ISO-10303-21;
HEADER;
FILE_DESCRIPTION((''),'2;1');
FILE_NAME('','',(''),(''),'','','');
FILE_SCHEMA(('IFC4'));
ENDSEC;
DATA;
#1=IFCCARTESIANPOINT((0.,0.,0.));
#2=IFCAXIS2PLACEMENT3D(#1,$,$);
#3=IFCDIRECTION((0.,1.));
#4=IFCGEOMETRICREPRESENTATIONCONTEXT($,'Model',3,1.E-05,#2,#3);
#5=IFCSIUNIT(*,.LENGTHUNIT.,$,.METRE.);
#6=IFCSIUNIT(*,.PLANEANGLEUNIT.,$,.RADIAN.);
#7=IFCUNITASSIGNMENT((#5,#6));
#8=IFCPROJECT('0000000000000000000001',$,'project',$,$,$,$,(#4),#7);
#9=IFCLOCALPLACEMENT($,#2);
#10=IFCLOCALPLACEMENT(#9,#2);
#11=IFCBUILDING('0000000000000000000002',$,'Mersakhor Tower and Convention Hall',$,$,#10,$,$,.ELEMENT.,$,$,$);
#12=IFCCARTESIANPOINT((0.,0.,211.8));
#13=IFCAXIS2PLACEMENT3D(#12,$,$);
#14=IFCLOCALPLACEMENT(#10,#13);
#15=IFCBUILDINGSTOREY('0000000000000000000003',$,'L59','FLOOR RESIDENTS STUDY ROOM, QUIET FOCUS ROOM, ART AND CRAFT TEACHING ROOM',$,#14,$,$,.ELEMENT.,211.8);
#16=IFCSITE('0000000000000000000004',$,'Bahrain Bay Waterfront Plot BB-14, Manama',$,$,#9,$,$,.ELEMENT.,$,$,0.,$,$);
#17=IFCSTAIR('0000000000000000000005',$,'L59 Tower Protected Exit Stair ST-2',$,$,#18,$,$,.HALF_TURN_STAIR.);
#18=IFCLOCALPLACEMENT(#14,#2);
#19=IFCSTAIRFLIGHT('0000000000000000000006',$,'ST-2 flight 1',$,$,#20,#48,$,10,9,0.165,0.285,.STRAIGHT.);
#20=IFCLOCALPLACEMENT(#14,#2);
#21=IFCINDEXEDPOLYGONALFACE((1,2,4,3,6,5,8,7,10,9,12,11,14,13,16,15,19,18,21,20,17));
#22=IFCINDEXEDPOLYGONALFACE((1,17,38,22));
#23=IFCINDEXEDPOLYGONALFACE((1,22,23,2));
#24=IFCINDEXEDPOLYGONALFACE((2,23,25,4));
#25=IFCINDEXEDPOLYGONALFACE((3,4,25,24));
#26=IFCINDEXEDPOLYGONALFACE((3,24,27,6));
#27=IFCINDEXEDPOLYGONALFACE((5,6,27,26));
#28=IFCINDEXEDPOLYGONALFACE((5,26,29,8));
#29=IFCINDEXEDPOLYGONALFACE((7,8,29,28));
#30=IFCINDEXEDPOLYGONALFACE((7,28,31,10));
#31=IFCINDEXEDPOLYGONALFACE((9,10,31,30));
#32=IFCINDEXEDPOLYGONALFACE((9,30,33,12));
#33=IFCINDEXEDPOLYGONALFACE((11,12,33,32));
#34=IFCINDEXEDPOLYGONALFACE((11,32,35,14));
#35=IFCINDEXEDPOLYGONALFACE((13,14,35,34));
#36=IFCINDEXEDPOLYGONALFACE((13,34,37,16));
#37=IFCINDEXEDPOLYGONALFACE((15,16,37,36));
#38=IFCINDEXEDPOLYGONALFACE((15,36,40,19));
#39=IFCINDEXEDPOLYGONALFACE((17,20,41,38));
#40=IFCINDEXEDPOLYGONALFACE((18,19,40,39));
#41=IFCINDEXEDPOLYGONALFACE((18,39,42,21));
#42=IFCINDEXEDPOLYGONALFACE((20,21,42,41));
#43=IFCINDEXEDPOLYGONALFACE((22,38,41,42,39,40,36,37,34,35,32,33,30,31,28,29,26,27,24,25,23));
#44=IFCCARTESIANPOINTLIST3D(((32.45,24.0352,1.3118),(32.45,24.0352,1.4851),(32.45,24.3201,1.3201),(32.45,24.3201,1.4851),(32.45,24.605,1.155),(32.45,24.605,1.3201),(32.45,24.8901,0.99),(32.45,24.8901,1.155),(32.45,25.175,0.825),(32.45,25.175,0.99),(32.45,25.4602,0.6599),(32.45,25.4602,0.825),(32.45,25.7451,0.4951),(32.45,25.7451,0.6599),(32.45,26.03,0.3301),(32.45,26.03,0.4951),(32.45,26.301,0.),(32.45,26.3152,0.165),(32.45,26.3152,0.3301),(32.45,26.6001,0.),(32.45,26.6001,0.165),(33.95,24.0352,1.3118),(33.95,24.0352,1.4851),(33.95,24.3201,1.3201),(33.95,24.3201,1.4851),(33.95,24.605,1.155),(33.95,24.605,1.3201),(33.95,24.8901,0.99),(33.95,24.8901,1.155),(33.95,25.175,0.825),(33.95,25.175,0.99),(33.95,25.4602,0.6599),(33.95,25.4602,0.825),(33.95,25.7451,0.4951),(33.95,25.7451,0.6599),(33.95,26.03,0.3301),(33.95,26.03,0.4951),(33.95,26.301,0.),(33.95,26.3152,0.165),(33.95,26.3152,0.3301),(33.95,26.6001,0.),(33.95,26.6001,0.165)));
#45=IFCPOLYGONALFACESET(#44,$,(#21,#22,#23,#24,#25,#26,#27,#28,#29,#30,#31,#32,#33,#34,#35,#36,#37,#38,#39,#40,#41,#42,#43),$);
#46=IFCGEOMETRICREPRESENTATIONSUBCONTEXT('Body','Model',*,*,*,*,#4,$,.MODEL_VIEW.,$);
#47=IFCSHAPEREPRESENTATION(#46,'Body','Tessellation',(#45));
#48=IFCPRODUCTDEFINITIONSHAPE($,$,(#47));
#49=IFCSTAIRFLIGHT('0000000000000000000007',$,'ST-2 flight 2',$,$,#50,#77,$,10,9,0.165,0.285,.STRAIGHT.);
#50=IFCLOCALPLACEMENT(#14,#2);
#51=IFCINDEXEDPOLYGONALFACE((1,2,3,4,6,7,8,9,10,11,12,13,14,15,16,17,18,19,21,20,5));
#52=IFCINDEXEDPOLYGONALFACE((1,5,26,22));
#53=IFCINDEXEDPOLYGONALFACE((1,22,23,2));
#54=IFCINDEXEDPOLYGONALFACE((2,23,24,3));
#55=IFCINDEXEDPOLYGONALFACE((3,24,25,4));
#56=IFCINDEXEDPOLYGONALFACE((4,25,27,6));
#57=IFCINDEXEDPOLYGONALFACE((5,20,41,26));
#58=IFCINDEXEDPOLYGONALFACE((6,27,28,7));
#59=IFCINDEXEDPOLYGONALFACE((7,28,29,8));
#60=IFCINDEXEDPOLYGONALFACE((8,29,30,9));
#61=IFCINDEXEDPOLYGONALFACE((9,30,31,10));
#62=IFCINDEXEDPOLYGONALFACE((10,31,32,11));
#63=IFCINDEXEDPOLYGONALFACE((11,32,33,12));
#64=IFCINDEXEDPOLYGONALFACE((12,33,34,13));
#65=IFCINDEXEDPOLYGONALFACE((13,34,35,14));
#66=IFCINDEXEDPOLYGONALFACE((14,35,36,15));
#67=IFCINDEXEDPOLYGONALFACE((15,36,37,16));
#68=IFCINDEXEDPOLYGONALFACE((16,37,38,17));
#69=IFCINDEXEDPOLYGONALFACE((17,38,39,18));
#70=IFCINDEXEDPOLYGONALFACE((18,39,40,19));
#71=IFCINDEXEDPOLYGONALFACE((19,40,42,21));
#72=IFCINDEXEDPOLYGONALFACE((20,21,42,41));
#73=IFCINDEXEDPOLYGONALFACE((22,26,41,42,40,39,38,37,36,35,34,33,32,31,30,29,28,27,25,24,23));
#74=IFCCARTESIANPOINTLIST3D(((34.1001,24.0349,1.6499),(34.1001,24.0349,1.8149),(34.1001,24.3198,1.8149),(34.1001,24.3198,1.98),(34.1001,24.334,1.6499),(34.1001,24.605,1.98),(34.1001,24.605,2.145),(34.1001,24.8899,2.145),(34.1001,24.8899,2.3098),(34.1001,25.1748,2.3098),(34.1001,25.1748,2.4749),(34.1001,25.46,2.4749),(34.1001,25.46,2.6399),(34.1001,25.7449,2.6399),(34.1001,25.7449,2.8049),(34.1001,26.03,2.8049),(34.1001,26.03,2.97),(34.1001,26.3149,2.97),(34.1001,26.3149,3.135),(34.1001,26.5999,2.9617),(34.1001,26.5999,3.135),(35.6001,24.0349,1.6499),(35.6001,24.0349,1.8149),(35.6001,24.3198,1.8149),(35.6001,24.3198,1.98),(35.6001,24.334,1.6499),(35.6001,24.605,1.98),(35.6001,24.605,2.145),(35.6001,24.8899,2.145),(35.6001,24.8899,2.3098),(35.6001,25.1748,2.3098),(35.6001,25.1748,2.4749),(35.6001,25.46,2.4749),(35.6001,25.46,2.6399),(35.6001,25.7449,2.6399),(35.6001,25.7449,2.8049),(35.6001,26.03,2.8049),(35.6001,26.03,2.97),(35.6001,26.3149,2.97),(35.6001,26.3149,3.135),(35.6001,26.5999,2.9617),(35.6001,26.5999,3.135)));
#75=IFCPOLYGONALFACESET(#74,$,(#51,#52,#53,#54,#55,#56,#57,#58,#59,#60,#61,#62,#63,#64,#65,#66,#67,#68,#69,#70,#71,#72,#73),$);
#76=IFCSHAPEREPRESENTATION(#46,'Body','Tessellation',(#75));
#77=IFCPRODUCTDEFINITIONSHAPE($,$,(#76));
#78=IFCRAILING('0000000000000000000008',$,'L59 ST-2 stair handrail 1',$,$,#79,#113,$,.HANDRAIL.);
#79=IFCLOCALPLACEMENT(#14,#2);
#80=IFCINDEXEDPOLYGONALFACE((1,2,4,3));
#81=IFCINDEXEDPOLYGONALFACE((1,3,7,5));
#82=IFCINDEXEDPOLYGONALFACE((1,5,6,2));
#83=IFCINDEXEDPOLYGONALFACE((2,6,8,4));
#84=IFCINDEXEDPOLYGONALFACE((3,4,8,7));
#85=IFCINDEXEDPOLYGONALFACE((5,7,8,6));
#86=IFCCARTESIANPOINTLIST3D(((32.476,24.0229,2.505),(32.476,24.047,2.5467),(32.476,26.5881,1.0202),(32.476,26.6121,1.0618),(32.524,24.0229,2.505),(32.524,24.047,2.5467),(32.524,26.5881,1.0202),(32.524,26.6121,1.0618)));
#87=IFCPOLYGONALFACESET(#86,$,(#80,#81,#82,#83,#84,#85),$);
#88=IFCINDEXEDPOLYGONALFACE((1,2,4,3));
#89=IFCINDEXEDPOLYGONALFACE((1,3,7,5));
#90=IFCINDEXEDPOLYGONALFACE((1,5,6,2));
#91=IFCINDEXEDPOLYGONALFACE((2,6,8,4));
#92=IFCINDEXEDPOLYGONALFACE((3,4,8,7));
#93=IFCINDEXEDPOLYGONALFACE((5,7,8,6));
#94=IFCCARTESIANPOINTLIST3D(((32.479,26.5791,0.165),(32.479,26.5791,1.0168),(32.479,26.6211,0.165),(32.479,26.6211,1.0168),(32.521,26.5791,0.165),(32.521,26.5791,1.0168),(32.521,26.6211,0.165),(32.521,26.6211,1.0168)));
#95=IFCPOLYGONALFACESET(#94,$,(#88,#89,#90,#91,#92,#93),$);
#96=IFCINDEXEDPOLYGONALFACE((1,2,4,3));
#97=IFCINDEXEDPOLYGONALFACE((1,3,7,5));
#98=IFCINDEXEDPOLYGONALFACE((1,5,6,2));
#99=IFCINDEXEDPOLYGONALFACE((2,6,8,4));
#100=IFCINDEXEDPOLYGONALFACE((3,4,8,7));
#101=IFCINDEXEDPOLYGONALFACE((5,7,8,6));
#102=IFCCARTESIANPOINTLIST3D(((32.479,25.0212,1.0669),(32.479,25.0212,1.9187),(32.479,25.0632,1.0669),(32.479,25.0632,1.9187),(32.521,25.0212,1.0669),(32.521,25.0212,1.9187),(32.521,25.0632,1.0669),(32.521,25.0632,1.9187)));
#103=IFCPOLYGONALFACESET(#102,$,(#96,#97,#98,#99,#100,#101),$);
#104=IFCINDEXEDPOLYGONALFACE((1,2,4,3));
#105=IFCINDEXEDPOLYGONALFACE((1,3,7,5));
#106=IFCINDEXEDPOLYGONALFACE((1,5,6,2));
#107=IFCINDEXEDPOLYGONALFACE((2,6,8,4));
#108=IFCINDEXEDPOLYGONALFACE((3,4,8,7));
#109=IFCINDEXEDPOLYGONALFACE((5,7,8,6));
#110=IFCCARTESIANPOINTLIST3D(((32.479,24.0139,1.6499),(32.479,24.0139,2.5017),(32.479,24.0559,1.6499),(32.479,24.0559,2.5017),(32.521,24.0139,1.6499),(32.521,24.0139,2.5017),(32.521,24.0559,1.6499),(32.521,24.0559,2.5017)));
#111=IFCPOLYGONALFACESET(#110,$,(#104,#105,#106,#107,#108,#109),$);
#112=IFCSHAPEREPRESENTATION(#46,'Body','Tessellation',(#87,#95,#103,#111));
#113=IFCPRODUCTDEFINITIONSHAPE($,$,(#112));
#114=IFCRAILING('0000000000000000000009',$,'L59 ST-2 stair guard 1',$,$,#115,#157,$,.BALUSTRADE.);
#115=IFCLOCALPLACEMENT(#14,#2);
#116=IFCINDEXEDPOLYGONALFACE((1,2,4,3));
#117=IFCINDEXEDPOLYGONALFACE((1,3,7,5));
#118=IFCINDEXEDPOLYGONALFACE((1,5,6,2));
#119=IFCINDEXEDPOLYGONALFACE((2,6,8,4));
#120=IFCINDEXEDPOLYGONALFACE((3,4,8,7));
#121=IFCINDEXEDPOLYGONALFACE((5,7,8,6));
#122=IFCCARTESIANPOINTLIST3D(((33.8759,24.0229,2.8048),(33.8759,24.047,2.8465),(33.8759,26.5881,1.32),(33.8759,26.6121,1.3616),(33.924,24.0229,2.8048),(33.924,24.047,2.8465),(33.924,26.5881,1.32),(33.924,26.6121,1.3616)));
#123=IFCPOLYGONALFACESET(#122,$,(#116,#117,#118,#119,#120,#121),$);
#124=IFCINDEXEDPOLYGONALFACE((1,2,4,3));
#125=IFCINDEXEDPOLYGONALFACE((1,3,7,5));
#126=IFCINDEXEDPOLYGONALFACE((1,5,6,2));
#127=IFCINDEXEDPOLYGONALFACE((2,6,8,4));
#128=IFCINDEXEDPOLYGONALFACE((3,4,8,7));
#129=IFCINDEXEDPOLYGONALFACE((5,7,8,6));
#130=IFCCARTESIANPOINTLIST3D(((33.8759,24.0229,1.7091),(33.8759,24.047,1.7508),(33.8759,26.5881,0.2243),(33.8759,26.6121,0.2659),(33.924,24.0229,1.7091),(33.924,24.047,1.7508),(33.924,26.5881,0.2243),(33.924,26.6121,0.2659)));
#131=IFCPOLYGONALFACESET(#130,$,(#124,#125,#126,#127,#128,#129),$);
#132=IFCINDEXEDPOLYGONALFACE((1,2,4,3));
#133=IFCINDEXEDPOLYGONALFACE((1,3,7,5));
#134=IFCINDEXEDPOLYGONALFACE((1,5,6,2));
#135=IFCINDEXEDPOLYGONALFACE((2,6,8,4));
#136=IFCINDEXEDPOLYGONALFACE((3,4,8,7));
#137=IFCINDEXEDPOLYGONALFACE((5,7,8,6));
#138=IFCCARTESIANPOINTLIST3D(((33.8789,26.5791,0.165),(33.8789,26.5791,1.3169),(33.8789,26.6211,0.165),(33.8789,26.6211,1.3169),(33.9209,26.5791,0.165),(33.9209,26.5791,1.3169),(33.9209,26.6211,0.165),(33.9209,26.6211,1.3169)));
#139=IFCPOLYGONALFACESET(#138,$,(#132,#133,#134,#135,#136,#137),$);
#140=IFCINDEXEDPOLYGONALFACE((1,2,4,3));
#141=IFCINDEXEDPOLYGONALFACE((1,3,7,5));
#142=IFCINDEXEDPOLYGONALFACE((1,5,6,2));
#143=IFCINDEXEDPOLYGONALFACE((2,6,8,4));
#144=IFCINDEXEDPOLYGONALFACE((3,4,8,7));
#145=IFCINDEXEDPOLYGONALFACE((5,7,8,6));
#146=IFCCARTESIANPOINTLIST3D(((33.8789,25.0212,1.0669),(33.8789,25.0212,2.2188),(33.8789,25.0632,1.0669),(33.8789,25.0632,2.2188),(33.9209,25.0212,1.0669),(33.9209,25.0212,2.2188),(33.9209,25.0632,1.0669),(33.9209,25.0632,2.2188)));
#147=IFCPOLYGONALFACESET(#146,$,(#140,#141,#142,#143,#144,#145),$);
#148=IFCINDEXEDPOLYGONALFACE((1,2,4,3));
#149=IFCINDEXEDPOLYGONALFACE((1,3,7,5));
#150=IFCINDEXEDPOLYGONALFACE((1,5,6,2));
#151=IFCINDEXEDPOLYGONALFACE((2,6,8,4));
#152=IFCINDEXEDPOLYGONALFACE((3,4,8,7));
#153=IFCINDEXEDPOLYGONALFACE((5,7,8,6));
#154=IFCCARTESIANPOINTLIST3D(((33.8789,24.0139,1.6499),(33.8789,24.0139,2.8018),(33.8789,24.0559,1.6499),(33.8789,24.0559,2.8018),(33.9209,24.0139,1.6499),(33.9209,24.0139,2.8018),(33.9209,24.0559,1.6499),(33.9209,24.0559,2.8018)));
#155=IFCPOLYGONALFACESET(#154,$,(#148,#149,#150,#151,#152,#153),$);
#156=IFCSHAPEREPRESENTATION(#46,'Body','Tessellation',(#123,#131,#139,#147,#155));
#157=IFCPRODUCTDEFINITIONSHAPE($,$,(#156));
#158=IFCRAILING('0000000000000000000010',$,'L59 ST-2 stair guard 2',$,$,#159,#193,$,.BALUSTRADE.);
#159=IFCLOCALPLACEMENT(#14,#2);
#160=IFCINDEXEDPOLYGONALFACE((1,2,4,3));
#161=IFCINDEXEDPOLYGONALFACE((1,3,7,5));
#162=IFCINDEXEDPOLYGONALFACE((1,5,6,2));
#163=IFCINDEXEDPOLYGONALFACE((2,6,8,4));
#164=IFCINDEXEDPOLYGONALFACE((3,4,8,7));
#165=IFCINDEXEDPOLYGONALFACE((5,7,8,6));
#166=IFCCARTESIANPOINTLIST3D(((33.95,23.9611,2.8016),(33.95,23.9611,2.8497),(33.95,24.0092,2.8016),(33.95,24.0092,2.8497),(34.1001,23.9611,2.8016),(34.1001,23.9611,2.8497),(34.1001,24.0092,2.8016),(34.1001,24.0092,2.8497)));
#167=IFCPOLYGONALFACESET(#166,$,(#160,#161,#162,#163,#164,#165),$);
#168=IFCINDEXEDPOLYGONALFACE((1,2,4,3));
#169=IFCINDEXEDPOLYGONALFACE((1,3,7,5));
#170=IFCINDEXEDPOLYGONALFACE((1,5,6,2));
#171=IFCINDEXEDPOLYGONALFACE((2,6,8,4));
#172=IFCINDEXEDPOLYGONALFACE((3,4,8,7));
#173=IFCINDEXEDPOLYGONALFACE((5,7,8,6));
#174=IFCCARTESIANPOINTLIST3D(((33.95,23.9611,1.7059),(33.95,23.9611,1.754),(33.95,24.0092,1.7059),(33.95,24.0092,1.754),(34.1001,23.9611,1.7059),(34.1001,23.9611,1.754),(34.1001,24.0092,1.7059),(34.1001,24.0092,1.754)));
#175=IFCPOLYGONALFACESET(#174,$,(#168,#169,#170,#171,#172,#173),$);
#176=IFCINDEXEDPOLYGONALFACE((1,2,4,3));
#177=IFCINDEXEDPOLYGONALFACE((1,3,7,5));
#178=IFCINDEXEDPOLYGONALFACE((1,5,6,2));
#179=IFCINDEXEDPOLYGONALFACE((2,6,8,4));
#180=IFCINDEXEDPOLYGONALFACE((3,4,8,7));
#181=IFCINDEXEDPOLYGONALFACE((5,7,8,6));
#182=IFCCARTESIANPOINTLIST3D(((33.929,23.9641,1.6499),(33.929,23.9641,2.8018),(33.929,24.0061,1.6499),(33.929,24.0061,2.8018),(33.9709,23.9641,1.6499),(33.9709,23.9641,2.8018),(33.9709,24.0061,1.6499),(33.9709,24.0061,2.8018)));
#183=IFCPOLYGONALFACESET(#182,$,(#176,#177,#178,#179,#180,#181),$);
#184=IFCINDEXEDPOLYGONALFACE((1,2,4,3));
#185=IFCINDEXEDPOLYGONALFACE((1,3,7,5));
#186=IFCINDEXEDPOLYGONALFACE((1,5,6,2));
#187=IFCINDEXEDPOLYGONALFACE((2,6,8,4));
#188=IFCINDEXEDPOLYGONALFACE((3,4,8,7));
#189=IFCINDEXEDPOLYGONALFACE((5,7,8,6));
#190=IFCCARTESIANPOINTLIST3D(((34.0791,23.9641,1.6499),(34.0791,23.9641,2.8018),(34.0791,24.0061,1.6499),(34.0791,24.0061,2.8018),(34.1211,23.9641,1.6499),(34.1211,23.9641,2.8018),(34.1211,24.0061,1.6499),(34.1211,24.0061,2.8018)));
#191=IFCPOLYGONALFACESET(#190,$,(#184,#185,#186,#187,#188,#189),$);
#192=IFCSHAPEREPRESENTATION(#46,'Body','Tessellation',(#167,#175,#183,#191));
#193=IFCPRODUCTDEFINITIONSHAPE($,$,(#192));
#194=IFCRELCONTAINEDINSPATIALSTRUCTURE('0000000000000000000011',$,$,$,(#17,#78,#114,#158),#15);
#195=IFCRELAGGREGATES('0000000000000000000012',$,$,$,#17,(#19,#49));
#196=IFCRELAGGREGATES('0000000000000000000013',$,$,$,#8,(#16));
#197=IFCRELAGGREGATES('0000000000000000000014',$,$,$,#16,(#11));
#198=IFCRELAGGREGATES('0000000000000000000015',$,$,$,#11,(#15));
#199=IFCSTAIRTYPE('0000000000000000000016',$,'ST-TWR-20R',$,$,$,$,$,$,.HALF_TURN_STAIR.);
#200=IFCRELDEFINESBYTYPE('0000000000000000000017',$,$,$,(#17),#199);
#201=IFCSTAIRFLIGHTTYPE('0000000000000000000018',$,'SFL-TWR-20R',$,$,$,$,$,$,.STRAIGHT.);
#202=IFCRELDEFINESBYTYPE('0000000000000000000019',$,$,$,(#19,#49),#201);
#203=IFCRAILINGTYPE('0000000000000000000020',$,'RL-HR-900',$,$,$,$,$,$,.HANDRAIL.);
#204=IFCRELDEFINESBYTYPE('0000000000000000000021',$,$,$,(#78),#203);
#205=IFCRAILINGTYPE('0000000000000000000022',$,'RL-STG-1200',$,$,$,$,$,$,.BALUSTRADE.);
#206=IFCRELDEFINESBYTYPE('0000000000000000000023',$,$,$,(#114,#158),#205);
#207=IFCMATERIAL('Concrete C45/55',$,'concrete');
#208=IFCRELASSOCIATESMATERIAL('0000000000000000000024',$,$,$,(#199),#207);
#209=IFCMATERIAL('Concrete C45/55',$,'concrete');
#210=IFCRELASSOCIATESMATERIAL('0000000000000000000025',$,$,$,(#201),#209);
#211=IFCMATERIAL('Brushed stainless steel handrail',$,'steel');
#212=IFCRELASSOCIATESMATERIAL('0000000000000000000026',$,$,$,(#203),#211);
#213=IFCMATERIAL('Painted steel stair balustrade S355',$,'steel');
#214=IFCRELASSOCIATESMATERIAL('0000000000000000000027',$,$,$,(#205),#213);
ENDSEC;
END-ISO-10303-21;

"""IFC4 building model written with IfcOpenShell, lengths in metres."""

from ifc_helpers import new_model, si_unit, direction, frame, origin, origin_2d, place, context, subcontext, project, spatial, polyline, rectangle, outline, extrude, material, type_object, element, aggregate, save


model = new_model("IFC4")

# Units and contexts
model_context = context("Model", 3, precision=1e-05, world=origin(), true_north=direction((0.0, 1.0)))
body_context = subcontext(model_context, "Body", "Model", "MODEL_VIEW")
ifc_project = project(units=[si_unit("LENGTHUNIT", "METRE"), si_unit("PLANEANGLEUNIT", "RADIAN")], contexts=[model_context])

# Site, building, storey
site_placement = place(None, origin())
site = spatial("IfcSite", under=ifc_project, at=site_placement, Name="Bahrain Bay Waterfront Plot BB-14, Manama", CompositionType="ELEMENT", RefElevation=0.0)
building_placement = place(site_placement, origin())
building = spatial("IfcBuilding", under=site, at=building_placement, Name="Mersakhor Tower and Convention Hall", CompositionType="ELEMENT")
storey_placement = place(building_placement, frame((0.0, 0.0, 211.8)))
storey = spatial("IfcBuildingStorey", under=building, at=storey_placement, Name="L59", Description="FLOOR RESIDENTS STUDY ROOM, QUIET FOCUS ROOM, ART AND CRAFT TEACHING ROOM", CompositionType="ELEMENT", Elevation=211.8)

# Stair, stair flights
ifc_material_1 = material(Name="Concrete C45/55", Category="concrete")
stair_type = type_object("IfcStairType", Name="ST-TWR-20R", PredefinedType="HALF_TURN_STAIR", material=ifc_material_1)
stair_placement = place(storey_placement, origin())
stair = element("IfcStair", 1, at=stair_placement, inside=storey, type_object=stair_type, Name="L59 Tower Protected Exit Stair ST-2", PredefinedType="HALF_TURN_STAIR")
ifc_material_2 = material(Name="Concrete C45/55", Category="concrete")
stair_flight_type = type_object("IfcStairFlightType", Name="SFL-TWR-20R", PredefinedType="STRAIGHT", material=ifc_material_2)
stair_flight_1_placement = place(storey_placement, frame((33.2, 26.6001, 0.0), z_axis=(0.0, 0.0, 1.0), x_axis=(0.0, -1.0, 0.0)))
stair_flight_1 = element("IfcStairFlight", 2, at=stair_flight_1_placement, type_object=stair_flight_type, Name="ST-2 flight 1", NumberOfRisers=10, NumberOfTreads=9, PredefinedType="STRAIGHT", RiserHeight=0.165, TreadLength=0.285, context=body_context, shape_type="SweptSolid", body=[
    extrude(outline(polyline([(0.0, 0.0), (0.0, 0.165), (0.2849, 0.165), (0.2849, 0.3301), (0.5701, 0.3301), (0.5701, 0.4951), (0.855, 0.4951), (0.855, 0.6599), (1.1399, 0.6599), (1.1399, 0.825), (1.425, 0.825), (1.425, 0.99), (1.71, 0.99), (1.71, 1.155), (1.9951, 1.155), (1.9951, 1.3201), (2.28, 1.3201), (2.28, 1.4851), (2.5649, 1.4851), (2.5649, 1.6499), (2.5649, 1.3118), (0.2991, 0.0), (0.0, 0.0)])), frame((0.0, 0.75, 0.0), z_axis=(0.0, -1.0, 0.0), x_axis=(1.0, 0.0, 0.0)), (0.0, 0.0, 1.0), 1.5),
])
stair_flight_2_placement = place(storey_placement, frame((34.8501, 24.0349, 1.6499), z_axis=(0.0, 0.0, 1.0), x_axis=(0.0, 1.0, 0.0)))
stair_flight_2 = element("IfcStairFlight", 3, at=stair_flight_2_placement, type_object=stair_flight_type, Name="ST-2 flight 2", NumberOfRisers=10, NumberOfTreads=9, PredefinedType="STRAIGHT", RiserHeight=0.165, TreadLength=0.285, context=body_context, shape_type="SweptSolid", body=[
    extrude(outline(polyline([(0.0, 0.0), (0.0, 0.165), (0.2849, 0.165), (0.2849, 0.3301), (0.5701, 0.3301), (0.5701, 0.4951), (0.855, 0.4951), (0.855, 0.6599), (1.1399, 0.6599), (1.1399, 0.825), (1.425, 0.825), (1.425, 0.99), (1.71, 0.99), (1.71, 1.155), (1.9951, 1.155), (1.9951, 1.3201), (2.28, 1.3201), (2.28, 1.4851), (2.5649, 1.4851), (2.5649, 1.6499), (2.5649, 1.3118), (0.2991, 0.0), (0.0, 0.0)])), frame((0.0, 0.75, 0.0), z_axis=(0.0, -1.0, 0.0), x_axis=(1.0, 0.0, 0.0)), (0.0, 0.0, 1.0), 1.5),
])
aggregate(stair, [stair_flight_1, stair_flight_2])

# Railings
ifc_material_3 = material(Name="Brushed stainless steel handrail", Category="steel")
railing_type_1 = type_object("IfcRailingType", Name="RL-HR-900", PredefinedType="HANDRAIL", material=ifc_material_3)
railing_1_placement = place(storey_placement, frame((32.5, 26.6001, 0.165)))
element("IfcRailing", 4, at=railing_1_placement, inside=storey, type_object=railing_type_1, Name="L59 ST-2 stair handrail 1", PredefinedType="HANDRAIL", context=body_context, shape_type="SweptSolid", body=[
    extrude(rectangle(XDim=0.0481, YDim=0.0481, at=origin_2d()), frame((0.0, 0.0, 0.876), z_axis=(0.0, -0.865462, 0.500975), x_axis=(1.0, 0.0, 0.0)), (0.0, 0.0, 1.0), 2.9639),
    extrude(rectangle(XDim=0.042, YDim=0.042, at=origin_2d()), origin(), (0.0, 0.0, 1.0), 0.8518),
    extrude(rectangle(XDim=0.042, YDim=0.042, at=origin_2d()), frame((0.0, -1.5579, 0.9019)), (0.0, 0.0, 1.0), 0.8518),
    extrude(rectangle(XDim=0.042, YDim=0.042, at=origin_2d()), frame((0.0, -2.5652, 1.4849)), (0.0, 0.0, 1.0), 0.8518),
])
ifc_material_4 = material(Name="Painted steel stair balustrade S355", Category="steel")
railing_type_2 = type_object("IfcRailingType", Name="RL-STG-1200", PredefinedType="BALUSTRADE", material=ifc_material_4)
railing_2_placement = place(storey_placement, frame((33.8999, 26.6001, 0.165)))
element("IfcRailing", 5, at=railing_2_placement, inside=storey, type_object=railing_type_2, Name="L59 ST-2 stair guard 1", PredefinedType="BALUSTRADE", context=body_context, shape_type="SweptSolid", body=[
    extrude(rectangle(XDim=0.0481, YDim=0.0481, at=origin_2d()), frame((0.0, 0.0, 1.1758), z_axis=(0.0, -0.865462, 0.500975), x_axis=(1.0, 0.0, 0.0)), (0.0, 0.0, 1.0), 2.9639),
    extrude(rectangle(XDim=0.0481, YDim=0.0481, at=origin_2d()), frame((0.0, 0.0, 0.0801), z_axis=(0.0, -0.865462, 0.500975), x_axis=(1.0, 0.0, 0.0)), (0.0, 0.0, 1.0), 2.9639),
    extrude(rectangle(XDim=0.042, YDim=0.042, at=origin_2d()), origin(), (0.0, 0.0, 1.0), 1.1519),
    extrude(rectangle(XDim=0.042, YDim=0.042, at=origin_2d()), frame((0.0, -1.5579, 0.9019)), (0.0, 0.0, 1.0), 1.1519),
    extrude(rectangle(XDim=0.042, YDim=0.042, at=origin_2d()), frame((0.0, -2.5652, 1.4849)), (0.0, 0.0, 1.0), 1.1519),
])
railing_3_placement = place(storey_placement, frame((33.95, 23.9851, 1.6499)))
element("IfcRailing", 6, at=railing_3_placement, inside=storey, type_object=railing_type_2, Name="L59 ST-2 stair guard 2", PredefinedType="BALUSTRADE", context=body_context, shape_type="SweptSolid", body=[
    extrude(rectangle(XDim=0.0481, YDim=0.0481, at=origin_2d()), frame((0.0, 0.0, 1.1758), z_axis=(1.0, 0.0, 0.0), x_axis=(0.0, 1.0, 0.0)), (0.0, 0.0, 1.0), 0.1501),
    extrude(rectangle(XDim=0.0481, YDim=0.0481, at=origin_2d()), frame((0.0, 0.0, 0.0801), z_axis=(1.0, 0.0, 0.0), x_axis=(0.0, 1.0, 0.0)), (0.0, 0.0, 1.0), 0.1501),
    extrude(rectangle(XDim=0.042, YDim=0.042, at=origin_2d()), origin(), (0.0, 0.0, 1.0), 1.1519),
    extrude(rectangle(XDim=0.042, YDim=0.042, at=origin_2d()), frame((0.1501, 0.0, 0.0)), (0.0, 0.0, 1.0), 1.1519),
])

save(model, "model.ifc")
